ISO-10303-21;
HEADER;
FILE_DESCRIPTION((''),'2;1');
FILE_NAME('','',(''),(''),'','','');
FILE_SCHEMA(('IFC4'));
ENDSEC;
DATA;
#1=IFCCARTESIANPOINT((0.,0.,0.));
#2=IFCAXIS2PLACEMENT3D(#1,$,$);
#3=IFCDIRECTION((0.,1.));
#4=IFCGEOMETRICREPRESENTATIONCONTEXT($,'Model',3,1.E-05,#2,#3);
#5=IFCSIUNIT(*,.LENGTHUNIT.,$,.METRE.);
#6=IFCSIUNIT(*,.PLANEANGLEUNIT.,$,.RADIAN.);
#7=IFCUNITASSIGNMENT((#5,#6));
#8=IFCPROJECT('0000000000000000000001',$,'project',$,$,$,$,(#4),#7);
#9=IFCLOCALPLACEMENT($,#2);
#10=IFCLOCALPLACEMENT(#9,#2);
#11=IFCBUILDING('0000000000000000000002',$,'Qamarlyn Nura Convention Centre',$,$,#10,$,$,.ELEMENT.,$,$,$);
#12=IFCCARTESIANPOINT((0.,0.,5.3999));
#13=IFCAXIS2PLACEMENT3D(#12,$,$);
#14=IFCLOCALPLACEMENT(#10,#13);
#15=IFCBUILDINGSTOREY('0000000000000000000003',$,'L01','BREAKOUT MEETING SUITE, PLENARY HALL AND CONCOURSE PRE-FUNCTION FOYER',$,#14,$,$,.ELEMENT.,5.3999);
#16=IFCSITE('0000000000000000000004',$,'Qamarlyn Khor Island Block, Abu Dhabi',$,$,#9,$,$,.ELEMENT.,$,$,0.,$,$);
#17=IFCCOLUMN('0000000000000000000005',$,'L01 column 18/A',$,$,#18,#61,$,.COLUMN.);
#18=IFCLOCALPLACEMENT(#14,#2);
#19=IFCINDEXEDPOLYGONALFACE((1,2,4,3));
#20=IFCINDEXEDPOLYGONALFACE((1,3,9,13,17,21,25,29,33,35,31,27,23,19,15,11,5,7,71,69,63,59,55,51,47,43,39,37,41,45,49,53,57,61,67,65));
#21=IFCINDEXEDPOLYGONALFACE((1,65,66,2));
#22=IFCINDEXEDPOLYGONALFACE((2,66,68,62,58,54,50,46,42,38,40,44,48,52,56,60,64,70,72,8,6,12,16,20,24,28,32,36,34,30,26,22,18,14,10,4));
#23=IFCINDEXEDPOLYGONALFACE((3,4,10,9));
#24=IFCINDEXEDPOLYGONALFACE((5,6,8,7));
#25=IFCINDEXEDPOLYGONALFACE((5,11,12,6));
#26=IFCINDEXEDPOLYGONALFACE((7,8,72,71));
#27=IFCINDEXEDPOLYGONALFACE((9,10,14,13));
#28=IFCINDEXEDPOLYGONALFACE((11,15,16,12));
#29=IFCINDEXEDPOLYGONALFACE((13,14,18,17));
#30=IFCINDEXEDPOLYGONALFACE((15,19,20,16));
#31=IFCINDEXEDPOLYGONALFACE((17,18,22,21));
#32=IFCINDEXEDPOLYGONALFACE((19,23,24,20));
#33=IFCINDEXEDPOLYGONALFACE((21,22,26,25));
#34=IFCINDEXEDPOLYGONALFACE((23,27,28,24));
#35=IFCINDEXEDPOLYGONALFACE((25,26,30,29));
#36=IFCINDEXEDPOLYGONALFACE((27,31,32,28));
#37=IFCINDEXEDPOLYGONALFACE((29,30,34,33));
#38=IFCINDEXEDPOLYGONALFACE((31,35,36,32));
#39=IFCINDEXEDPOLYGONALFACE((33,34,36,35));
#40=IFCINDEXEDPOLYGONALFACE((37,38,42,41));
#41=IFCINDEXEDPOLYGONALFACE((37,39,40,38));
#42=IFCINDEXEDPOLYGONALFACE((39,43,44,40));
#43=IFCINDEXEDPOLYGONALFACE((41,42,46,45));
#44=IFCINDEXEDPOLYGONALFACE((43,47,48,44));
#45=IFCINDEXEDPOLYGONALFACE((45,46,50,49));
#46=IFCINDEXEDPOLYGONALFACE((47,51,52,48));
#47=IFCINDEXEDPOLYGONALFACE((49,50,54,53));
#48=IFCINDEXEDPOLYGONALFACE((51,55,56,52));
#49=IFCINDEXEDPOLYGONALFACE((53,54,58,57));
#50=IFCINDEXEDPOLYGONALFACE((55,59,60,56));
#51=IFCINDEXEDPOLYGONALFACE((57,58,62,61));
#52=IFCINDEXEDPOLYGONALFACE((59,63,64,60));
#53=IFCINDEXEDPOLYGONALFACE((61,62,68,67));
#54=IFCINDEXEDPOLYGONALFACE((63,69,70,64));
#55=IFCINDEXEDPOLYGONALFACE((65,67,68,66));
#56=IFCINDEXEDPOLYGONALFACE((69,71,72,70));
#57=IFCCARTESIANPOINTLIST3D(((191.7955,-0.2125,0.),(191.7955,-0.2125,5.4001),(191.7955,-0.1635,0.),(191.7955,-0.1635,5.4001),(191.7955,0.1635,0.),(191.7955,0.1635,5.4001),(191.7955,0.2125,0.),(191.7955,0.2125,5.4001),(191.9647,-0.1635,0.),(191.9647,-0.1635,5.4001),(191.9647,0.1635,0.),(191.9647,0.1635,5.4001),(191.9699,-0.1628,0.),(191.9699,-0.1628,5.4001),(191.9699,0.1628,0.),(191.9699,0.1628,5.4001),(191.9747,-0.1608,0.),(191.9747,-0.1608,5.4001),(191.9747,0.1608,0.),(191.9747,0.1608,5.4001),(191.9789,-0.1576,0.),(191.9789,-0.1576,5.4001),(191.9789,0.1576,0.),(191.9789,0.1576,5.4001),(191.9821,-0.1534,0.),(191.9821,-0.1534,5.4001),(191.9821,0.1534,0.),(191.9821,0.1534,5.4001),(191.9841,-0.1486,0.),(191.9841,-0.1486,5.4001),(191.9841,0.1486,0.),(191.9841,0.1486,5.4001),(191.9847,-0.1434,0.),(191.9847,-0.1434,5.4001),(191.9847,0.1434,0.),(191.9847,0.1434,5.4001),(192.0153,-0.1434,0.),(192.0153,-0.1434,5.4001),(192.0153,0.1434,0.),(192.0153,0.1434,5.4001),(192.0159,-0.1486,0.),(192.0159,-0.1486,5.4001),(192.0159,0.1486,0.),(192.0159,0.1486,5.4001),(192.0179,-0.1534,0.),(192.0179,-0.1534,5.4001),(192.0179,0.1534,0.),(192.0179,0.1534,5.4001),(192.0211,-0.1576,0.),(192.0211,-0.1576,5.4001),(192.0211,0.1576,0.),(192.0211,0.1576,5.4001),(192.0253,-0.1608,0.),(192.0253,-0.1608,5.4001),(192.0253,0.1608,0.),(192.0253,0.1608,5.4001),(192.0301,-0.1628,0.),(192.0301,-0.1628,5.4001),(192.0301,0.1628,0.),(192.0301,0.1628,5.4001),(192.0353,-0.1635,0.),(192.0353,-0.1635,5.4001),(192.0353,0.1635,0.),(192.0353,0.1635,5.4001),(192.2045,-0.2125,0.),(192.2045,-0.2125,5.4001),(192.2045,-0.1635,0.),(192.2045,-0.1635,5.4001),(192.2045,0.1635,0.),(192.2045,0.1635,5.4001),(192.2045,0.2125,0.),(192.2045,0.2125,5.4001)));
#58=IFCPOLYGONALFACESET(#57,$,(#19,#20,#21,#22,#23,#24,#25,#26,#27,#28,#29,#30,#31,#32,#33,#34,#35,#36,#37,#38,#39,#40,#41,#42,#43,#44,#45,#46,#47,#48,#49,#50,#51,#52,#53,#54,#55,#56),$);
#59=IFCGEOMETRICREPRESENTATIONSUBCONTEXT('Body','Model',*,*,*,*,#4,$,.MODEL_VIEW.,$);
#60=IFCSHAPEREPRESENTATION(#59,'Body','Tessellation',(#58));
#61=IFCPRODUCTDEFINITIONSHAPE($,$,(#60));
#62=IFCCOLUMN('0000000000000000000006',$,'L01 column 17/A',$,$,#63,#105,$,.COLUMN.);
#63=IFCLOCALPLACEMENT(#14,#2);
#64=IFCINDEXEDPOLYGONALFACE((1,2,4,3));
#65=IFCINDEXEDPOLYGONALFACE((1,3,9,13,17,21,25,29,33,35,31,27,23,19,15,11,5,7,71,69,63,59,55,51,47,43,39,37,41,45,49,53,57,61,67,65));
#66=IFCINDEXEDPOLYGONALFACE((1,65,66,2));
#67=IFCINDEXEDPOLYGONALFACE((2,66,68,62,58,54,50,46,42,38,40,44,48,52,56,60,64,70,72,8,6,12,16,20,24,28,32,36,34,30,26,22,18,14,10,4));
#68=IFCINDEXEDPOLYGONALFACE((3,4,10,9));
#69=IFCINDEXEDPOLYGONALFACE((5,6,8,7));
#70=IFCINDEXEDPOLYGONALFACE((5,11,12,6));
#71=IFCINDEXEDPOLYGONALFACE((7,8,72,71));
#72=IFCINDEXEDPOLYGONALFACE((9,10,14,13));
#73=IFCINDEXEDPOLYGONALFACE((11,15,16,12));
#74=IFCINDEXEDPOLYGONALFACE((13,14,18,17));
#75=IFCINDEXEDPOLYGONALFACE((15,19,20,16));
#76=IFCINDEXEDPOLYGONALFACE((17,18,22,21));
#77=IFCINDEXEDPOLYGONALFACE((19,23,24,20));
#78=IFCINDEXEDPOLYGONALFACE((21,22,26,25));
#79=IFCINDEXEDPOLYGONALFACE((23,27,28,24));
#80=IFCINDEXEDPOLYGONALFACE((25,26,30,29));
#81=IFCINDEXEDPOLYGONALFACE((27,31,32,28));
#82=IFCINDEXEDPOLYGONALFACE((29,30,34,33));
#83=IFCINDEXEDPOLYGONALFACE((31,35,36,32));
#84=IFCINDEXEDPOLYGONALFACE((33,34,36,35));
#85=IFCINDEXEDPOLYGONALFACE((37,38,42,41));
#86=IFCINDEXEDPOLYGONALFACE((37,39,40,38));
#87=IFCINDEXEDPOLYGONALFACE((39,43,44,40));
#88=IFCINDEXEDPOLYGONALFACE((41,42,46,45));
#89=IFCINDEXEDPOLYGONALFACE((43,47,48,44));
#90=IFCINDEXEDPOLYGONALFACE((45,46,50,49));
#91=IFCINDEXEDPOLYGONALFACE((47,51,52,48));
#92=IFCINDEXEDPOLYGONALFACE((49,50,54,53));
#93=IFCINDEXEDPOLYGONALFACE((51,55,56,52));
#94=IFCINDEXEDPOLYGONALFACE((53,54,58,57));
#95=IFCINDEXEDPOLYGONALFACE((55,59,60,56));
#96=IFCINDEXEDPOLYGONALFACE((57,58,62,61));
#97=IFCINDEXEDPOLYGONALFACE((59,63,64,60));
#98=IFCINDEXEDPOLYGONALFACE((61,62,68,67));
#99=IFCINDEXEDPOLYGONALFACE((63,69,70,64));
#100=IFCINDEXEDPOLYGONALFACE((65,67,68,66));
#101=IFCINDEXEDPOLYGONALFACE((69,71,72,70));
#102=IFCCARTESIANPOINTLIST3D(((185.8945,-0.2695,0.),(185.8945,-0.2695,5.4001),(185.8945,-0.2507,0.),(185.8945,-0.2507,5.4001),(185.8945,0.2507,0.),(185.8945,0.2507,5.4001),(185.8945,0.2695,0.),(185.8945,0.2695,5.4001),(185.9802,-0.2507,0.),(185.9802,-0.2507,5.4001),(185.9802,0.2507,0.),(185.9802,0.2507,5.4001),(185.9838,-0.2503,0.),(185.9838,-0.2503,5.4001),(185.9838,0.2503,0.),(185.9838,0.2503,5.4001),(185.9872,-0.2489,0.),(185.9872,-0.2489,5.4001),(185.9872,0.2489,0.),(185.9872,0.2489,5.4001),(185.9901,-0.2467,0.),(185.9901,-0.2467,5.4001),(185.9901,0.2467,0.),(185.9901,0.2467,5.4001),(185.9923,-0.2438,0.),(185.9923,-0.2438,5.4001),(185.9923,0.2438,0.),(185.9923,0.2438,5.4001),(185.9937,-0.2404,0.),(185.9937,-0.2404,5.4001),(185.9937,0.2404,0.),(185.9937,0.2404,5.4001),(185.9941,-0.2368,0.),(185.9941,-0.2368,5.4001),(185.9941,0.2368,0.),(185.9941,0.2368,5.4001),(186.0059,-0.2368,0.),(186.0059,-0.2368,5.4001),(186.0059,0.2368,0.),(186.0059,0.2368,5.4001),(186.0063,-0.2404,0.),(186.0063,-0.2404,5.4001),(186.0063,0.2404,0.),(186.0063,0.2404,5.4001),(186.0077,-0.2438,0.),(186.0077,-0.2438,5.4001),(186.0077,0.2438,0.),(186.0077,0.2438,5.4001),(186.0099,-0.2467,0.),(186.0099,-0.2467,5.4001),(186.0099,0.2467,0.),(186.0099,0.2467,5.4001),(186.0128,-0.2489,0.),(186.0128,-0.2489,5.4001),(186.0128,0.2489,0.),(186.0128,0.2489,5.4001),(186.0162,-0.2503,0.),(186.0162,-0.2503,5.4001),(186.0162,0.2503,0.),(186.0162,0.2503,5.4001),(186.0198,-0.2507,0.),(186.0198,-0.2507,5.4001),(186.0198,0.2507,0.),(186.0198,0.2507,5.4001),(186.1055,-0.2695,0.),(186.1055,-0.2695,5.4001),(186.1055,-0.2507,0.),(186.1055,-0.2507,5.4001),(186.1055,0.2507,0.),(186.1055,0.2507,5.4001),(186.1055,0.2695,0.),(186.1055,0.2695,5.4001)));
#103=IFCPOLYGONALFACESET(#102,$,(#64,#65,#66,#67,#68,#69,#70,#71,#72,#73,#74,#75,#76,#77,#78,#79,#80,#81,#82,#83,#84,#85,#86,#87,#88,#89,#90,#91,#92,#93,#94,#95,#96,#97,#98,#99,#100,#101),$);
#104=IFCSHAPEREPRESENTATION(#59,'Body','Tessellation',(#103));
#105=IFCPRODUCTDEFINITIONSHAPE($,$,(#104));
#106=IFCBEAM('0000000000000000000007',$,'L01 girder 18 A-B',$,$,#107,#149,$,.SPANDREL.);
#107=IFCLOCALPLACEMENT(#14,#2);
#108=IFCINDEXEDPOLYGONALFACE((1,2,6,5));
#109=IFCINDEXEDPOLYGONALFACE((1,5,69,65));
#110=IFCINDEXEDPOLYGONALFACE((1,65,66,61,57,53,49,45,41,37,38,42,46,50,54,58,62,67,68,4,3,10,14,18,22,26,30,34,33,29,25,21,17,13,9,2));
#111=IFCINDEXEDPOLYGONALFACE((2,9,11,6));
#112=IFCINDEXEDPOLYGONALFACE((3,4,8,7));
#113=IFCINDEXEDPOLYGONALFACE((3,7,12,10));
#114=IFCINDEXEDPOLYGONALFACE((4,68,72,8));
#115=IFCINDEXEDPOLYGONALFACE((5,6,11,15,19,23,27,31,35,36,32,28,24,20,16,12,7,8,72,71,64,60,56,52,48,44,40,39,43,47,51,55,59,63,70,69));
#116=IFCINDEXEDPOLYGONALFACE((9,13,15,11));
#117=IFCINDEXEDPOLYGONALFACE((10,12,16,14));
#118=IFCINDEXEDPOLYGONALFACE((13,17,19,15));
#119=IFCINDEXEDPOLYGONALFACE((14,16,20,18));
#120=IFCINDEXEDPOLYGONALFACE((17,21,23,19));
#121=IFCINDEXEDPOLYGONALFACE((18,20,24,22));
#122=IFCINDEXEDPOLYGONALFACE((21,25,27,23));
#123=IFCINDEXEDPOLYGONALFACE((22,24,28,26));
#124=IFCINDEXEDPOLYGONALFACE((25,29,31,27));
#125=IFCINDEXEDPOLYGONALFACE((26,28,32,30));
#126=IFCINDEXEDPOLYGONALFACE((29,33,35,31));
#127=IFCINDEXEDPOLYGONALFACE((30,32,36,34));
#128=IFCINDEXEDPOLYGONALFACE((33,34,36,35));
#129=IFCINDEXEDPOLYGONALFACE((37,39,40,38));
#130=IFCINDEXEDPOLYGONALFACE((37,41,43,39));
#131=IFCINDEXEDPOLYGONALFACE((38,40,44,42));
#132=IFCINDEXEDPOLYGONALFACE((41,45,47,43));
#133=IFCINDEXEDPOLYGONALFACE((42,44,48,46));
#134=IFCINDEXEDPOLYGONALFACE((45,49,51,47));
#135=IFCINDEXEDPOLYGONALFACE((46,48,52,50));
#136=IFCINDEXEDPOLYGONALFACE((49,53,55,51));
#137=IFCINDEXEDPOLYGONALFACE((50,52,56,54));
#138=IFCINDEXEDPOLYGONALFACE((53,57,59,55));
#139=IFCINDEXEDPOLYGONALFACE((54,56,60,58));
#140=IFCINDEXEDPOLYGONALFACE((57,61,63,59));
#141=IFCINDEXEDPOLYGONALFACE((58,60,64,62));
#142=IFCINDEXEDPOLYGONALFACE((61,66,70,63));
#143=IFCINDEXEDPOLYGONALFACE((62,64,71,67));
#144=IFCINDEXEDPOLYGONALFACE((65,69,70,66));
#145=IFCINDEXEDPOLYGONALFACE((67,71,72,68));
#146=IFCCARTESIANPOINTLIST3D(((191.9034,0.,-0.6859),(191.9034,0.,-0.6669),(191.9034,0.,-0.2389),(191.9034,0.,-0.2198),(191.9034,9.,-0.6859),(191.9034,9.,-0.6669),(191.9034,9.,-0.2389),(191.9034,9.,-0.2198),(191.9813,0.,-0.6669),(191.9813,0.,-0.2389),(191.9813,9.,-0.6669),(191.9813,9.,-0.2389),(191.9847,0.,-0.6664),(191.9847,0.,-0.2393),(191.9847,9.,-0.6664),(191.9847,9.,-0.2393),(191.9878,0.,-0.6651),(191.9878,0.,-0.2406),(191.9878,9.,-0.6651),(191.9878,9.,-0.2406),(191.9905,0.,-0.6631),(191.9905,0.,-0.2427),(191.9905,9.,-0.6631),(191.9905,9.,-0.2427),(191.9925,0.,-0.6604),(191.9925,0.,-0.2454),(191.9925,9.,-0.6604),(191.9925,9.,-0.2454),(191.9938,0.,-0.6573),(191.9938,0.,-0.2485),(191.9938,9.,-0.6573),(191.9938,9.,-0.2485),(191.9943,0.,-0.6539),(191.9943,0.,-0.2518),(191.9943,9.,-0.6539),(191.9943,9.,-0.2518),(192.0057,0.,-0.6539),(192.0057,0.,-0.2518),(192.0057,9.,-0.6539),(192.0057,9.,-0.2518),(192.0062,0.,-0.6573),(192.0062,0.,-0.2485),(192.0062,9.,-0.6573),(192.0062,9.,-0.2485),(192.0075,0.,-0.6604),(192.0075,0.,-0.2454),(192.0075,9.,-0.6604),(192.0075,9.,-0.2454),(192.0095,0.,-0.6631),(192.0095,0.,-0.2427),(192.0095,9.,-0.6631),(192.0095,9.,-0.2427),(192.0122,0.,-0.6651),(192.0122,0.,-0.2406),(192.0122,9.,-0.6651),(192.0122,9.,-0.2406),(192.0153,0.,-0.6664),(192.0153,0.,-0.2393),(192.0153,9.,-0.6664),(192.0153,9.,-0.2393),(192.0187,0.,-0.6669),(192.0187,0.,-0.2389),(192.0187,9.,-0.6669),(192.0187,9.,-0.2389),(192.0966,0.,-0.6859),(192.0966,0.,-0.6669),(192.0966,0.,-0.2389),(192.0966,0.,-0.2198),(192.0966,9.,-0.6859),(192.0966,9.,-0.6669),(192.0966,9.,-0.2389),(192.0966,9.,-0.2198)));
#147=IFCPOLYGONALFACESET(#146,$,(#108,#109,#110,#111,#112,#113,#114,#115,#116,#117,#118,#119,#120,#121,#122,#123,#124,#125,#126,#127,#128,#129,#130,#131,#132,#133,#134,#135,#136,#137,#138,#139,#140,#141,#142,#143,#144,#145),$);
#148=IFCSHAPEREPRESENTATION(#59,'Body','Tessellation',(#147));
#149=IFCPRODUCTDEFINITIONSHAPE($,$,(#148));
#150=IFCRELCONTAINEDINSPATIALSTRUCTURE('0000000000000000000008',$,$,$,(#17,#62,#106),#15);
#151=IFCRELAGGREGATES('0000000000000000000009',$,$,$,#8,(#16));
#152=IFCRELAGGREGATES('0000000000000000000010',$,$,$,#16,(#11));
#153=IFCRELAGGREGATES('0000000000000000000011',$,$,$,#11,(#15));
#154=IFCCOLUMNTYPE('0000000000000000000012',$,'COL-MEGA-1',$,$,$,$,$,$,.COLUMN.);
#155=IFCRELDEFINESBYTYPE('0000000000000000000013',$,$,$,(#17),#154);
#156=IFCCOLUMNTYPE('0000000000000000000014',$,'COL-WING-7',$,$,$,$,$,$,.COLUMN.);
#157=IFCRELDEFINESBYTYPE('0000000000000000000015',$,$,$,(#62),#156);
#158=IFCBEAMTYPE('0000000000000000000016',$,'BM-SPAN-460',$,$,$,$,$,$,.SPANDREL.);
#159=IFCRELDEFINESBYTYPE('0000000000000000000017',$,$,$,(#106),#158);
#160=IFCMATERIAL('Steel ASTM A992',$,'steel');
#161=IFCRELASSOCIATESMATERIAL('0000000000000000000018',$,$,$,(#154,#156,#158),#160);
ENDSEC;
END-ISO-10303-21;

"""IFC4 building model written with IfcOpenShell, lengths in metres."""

from ifc_helpers import new_model, si_unit, direction, frame, origin, origin_2d, place, context, subcontext, project, spatial, i_section, extrude, material, material_profile, profile_set, type_object, element, save


model = new_model("IFC4")

# Units and contexts
model_context = context("Model", 3, precision=1e-05, world=origin(), true_north=direction((0.0, 1.0)))
body_context = subcontext(model_context, "Body", "Model", "MODEL_VIEW")
ifc_project = project(units=[si_unit("LENGTHUNIT", "METRE"), si_unit("PLANEANGLEUNIT", "RADIAN")], contexts=[model_context])

# Site, building, storey
site_placement = place(None, origin())
site = spatial("IfcSite", under=ifc_project, at=site_placement, Name="Qamarlyn Khor Island Block, Abu Dhabi", CompositionType="ELEMENT", RefElevation=0.0)
building_placement = place(site_placement, origin())
building = spatial("IfcBuilding", under=site, at=building_placement, Name="Qamarlyn Nura Convention Centre", CompositionType="ELEMENT")
storey_placement = place(building_placement, frame((0.0, 0.0, 5.3999)))
storey = spatial("IfcBuildingStorey", under=building, at=storey_placement, Name="L01", Description="BREAKOUT MEETING SUITE, PLENARY HALL AND CONCOURSE PRE-FUNCTION FOYER", CompositionType="ELEMENT", Elevation=5.3999)

# Columns
ifc_material_1 = material(Name="Steel ASTM A992", Category="steel")
ifc_material_profile_1 = material_profile(ifc_material_1, i_section(OverallWidth=0.4089, OverallDepth=0.425, WebThickness=0.0305, FlangeThickness=0.0491, FilletRadius=0.02, at=origin_2d()), Name="W360X421")
ifc_profile_set_1 = profile_set([ifc_material_profile_1], Name="Steel ASTM A992")
column_type_1 = type_object("IfcColumnType", Name="COL-MEGA-1", PredefinedType="COLUMN", material=ifc_profile_set_1)
column_1_placement = place(storey_placement, frame((192.0, 0.0, 0.0), z_axis=(0.0, 0.0, 1.0), x_axis=(1.0, 0.0, 0.0)))
element("IfcColumn", 1, at=column_1_placement, inside=storey, type_object=column_type_1, Name="L01 column 18/A", PredefinedType="COLUMN", context=body_context, shape_type="SweptSolid", body=[
    extrude(i_section(OverallWidth=0.4089, OverallDepth=0.425, WebThickness=0.0305, FlangeThickness=0.0491, FilletRadius=0.02, at=origin_2d()), origin(), (0.0, 0.0, 1.0), 5.4001),
])
ifc_material_profile_2 = material_profile(ifc_material_1, i_section(OverallWidth=0.2109, OverallDepth=0.5391, WebThickness=0.0117, FlangeThickness=0.0188, FilletRadius=0.0139, at=origin_2d()), Name="W530X109")
ifc_profile_set_2 = profile_set([ifc_material_profile_2], Name="Steel ASTM A992")
column_type_2 = type_object("IfcColumnType", Name="COL-WING-7", PredefinedType="COLUMN", material=ifc_profile_set_2)
column_2_placement = place(storey_placement, frame((186.0, 0.0, 0.0), z_axis=(0.0, 0.0, 1.0), x_axis=(1.0, 0.0, 0.0)))
element("IfcColumn", 2, at=column_2_placement, inside=storey, type_object=column_type_2, Name="L01 column 17/A", PredefinedType="COLUMN", context=body_context, shape_type="SweptSolid", body=[
    extrude(i_section(OverallWidth=0.2109, OverallDepth=0.5391, WebThickness=0.0117, FlangeThickness=0.0188, FilletRadius=0.0139, at=origin_2d()), origin(), (0.0, 0.0, 1.0), 5.4001),
])

# Beam
ifc_material_profile_3 = material_profile(ifc_material_1, i_section(OverallWidth=0.1931, OverallDepth=0.4661, WebThickness=0.0115, FlangeThickness=0.019, FilletRadius=0.0129, at=origin_2d()), Name="W460X97")
ifc_profile_set_3 = profile_set([ifc_material_profile_3], Name="Steel ASTM A992")
beam_type_1 = type_object("IfcBeamType", Name="BM-SPAN-460", PredefinedType="SPANDREL", material=ifc_profile_set_3)
beam_1_placement = place(storey_placement, frame((192.0, 0.0, -0.4529), z_axis=(0.0, 1.0, 0.0), x_axis=(-1.0, 0.0, 0.0)))
element("IfcBeam", 3, at=beam_1_placement, inside=storey, type_object=beam_type_1, Name="L01 girder 18 A-B", PredefinedType="SPANDREL", context=body_context, shape_type="SweptSolid", body=[
    extrude(i_section(OverallWidth=0.1931, OverallDepth=0.4661, WebThickness=0.0115, FlangeThickness=0.019, FilletRadius=0.0129, at=origin_2d()), origin(), (0.0, 0.0, 1.0), 9.0),
])

save(model, "model.ifc")
